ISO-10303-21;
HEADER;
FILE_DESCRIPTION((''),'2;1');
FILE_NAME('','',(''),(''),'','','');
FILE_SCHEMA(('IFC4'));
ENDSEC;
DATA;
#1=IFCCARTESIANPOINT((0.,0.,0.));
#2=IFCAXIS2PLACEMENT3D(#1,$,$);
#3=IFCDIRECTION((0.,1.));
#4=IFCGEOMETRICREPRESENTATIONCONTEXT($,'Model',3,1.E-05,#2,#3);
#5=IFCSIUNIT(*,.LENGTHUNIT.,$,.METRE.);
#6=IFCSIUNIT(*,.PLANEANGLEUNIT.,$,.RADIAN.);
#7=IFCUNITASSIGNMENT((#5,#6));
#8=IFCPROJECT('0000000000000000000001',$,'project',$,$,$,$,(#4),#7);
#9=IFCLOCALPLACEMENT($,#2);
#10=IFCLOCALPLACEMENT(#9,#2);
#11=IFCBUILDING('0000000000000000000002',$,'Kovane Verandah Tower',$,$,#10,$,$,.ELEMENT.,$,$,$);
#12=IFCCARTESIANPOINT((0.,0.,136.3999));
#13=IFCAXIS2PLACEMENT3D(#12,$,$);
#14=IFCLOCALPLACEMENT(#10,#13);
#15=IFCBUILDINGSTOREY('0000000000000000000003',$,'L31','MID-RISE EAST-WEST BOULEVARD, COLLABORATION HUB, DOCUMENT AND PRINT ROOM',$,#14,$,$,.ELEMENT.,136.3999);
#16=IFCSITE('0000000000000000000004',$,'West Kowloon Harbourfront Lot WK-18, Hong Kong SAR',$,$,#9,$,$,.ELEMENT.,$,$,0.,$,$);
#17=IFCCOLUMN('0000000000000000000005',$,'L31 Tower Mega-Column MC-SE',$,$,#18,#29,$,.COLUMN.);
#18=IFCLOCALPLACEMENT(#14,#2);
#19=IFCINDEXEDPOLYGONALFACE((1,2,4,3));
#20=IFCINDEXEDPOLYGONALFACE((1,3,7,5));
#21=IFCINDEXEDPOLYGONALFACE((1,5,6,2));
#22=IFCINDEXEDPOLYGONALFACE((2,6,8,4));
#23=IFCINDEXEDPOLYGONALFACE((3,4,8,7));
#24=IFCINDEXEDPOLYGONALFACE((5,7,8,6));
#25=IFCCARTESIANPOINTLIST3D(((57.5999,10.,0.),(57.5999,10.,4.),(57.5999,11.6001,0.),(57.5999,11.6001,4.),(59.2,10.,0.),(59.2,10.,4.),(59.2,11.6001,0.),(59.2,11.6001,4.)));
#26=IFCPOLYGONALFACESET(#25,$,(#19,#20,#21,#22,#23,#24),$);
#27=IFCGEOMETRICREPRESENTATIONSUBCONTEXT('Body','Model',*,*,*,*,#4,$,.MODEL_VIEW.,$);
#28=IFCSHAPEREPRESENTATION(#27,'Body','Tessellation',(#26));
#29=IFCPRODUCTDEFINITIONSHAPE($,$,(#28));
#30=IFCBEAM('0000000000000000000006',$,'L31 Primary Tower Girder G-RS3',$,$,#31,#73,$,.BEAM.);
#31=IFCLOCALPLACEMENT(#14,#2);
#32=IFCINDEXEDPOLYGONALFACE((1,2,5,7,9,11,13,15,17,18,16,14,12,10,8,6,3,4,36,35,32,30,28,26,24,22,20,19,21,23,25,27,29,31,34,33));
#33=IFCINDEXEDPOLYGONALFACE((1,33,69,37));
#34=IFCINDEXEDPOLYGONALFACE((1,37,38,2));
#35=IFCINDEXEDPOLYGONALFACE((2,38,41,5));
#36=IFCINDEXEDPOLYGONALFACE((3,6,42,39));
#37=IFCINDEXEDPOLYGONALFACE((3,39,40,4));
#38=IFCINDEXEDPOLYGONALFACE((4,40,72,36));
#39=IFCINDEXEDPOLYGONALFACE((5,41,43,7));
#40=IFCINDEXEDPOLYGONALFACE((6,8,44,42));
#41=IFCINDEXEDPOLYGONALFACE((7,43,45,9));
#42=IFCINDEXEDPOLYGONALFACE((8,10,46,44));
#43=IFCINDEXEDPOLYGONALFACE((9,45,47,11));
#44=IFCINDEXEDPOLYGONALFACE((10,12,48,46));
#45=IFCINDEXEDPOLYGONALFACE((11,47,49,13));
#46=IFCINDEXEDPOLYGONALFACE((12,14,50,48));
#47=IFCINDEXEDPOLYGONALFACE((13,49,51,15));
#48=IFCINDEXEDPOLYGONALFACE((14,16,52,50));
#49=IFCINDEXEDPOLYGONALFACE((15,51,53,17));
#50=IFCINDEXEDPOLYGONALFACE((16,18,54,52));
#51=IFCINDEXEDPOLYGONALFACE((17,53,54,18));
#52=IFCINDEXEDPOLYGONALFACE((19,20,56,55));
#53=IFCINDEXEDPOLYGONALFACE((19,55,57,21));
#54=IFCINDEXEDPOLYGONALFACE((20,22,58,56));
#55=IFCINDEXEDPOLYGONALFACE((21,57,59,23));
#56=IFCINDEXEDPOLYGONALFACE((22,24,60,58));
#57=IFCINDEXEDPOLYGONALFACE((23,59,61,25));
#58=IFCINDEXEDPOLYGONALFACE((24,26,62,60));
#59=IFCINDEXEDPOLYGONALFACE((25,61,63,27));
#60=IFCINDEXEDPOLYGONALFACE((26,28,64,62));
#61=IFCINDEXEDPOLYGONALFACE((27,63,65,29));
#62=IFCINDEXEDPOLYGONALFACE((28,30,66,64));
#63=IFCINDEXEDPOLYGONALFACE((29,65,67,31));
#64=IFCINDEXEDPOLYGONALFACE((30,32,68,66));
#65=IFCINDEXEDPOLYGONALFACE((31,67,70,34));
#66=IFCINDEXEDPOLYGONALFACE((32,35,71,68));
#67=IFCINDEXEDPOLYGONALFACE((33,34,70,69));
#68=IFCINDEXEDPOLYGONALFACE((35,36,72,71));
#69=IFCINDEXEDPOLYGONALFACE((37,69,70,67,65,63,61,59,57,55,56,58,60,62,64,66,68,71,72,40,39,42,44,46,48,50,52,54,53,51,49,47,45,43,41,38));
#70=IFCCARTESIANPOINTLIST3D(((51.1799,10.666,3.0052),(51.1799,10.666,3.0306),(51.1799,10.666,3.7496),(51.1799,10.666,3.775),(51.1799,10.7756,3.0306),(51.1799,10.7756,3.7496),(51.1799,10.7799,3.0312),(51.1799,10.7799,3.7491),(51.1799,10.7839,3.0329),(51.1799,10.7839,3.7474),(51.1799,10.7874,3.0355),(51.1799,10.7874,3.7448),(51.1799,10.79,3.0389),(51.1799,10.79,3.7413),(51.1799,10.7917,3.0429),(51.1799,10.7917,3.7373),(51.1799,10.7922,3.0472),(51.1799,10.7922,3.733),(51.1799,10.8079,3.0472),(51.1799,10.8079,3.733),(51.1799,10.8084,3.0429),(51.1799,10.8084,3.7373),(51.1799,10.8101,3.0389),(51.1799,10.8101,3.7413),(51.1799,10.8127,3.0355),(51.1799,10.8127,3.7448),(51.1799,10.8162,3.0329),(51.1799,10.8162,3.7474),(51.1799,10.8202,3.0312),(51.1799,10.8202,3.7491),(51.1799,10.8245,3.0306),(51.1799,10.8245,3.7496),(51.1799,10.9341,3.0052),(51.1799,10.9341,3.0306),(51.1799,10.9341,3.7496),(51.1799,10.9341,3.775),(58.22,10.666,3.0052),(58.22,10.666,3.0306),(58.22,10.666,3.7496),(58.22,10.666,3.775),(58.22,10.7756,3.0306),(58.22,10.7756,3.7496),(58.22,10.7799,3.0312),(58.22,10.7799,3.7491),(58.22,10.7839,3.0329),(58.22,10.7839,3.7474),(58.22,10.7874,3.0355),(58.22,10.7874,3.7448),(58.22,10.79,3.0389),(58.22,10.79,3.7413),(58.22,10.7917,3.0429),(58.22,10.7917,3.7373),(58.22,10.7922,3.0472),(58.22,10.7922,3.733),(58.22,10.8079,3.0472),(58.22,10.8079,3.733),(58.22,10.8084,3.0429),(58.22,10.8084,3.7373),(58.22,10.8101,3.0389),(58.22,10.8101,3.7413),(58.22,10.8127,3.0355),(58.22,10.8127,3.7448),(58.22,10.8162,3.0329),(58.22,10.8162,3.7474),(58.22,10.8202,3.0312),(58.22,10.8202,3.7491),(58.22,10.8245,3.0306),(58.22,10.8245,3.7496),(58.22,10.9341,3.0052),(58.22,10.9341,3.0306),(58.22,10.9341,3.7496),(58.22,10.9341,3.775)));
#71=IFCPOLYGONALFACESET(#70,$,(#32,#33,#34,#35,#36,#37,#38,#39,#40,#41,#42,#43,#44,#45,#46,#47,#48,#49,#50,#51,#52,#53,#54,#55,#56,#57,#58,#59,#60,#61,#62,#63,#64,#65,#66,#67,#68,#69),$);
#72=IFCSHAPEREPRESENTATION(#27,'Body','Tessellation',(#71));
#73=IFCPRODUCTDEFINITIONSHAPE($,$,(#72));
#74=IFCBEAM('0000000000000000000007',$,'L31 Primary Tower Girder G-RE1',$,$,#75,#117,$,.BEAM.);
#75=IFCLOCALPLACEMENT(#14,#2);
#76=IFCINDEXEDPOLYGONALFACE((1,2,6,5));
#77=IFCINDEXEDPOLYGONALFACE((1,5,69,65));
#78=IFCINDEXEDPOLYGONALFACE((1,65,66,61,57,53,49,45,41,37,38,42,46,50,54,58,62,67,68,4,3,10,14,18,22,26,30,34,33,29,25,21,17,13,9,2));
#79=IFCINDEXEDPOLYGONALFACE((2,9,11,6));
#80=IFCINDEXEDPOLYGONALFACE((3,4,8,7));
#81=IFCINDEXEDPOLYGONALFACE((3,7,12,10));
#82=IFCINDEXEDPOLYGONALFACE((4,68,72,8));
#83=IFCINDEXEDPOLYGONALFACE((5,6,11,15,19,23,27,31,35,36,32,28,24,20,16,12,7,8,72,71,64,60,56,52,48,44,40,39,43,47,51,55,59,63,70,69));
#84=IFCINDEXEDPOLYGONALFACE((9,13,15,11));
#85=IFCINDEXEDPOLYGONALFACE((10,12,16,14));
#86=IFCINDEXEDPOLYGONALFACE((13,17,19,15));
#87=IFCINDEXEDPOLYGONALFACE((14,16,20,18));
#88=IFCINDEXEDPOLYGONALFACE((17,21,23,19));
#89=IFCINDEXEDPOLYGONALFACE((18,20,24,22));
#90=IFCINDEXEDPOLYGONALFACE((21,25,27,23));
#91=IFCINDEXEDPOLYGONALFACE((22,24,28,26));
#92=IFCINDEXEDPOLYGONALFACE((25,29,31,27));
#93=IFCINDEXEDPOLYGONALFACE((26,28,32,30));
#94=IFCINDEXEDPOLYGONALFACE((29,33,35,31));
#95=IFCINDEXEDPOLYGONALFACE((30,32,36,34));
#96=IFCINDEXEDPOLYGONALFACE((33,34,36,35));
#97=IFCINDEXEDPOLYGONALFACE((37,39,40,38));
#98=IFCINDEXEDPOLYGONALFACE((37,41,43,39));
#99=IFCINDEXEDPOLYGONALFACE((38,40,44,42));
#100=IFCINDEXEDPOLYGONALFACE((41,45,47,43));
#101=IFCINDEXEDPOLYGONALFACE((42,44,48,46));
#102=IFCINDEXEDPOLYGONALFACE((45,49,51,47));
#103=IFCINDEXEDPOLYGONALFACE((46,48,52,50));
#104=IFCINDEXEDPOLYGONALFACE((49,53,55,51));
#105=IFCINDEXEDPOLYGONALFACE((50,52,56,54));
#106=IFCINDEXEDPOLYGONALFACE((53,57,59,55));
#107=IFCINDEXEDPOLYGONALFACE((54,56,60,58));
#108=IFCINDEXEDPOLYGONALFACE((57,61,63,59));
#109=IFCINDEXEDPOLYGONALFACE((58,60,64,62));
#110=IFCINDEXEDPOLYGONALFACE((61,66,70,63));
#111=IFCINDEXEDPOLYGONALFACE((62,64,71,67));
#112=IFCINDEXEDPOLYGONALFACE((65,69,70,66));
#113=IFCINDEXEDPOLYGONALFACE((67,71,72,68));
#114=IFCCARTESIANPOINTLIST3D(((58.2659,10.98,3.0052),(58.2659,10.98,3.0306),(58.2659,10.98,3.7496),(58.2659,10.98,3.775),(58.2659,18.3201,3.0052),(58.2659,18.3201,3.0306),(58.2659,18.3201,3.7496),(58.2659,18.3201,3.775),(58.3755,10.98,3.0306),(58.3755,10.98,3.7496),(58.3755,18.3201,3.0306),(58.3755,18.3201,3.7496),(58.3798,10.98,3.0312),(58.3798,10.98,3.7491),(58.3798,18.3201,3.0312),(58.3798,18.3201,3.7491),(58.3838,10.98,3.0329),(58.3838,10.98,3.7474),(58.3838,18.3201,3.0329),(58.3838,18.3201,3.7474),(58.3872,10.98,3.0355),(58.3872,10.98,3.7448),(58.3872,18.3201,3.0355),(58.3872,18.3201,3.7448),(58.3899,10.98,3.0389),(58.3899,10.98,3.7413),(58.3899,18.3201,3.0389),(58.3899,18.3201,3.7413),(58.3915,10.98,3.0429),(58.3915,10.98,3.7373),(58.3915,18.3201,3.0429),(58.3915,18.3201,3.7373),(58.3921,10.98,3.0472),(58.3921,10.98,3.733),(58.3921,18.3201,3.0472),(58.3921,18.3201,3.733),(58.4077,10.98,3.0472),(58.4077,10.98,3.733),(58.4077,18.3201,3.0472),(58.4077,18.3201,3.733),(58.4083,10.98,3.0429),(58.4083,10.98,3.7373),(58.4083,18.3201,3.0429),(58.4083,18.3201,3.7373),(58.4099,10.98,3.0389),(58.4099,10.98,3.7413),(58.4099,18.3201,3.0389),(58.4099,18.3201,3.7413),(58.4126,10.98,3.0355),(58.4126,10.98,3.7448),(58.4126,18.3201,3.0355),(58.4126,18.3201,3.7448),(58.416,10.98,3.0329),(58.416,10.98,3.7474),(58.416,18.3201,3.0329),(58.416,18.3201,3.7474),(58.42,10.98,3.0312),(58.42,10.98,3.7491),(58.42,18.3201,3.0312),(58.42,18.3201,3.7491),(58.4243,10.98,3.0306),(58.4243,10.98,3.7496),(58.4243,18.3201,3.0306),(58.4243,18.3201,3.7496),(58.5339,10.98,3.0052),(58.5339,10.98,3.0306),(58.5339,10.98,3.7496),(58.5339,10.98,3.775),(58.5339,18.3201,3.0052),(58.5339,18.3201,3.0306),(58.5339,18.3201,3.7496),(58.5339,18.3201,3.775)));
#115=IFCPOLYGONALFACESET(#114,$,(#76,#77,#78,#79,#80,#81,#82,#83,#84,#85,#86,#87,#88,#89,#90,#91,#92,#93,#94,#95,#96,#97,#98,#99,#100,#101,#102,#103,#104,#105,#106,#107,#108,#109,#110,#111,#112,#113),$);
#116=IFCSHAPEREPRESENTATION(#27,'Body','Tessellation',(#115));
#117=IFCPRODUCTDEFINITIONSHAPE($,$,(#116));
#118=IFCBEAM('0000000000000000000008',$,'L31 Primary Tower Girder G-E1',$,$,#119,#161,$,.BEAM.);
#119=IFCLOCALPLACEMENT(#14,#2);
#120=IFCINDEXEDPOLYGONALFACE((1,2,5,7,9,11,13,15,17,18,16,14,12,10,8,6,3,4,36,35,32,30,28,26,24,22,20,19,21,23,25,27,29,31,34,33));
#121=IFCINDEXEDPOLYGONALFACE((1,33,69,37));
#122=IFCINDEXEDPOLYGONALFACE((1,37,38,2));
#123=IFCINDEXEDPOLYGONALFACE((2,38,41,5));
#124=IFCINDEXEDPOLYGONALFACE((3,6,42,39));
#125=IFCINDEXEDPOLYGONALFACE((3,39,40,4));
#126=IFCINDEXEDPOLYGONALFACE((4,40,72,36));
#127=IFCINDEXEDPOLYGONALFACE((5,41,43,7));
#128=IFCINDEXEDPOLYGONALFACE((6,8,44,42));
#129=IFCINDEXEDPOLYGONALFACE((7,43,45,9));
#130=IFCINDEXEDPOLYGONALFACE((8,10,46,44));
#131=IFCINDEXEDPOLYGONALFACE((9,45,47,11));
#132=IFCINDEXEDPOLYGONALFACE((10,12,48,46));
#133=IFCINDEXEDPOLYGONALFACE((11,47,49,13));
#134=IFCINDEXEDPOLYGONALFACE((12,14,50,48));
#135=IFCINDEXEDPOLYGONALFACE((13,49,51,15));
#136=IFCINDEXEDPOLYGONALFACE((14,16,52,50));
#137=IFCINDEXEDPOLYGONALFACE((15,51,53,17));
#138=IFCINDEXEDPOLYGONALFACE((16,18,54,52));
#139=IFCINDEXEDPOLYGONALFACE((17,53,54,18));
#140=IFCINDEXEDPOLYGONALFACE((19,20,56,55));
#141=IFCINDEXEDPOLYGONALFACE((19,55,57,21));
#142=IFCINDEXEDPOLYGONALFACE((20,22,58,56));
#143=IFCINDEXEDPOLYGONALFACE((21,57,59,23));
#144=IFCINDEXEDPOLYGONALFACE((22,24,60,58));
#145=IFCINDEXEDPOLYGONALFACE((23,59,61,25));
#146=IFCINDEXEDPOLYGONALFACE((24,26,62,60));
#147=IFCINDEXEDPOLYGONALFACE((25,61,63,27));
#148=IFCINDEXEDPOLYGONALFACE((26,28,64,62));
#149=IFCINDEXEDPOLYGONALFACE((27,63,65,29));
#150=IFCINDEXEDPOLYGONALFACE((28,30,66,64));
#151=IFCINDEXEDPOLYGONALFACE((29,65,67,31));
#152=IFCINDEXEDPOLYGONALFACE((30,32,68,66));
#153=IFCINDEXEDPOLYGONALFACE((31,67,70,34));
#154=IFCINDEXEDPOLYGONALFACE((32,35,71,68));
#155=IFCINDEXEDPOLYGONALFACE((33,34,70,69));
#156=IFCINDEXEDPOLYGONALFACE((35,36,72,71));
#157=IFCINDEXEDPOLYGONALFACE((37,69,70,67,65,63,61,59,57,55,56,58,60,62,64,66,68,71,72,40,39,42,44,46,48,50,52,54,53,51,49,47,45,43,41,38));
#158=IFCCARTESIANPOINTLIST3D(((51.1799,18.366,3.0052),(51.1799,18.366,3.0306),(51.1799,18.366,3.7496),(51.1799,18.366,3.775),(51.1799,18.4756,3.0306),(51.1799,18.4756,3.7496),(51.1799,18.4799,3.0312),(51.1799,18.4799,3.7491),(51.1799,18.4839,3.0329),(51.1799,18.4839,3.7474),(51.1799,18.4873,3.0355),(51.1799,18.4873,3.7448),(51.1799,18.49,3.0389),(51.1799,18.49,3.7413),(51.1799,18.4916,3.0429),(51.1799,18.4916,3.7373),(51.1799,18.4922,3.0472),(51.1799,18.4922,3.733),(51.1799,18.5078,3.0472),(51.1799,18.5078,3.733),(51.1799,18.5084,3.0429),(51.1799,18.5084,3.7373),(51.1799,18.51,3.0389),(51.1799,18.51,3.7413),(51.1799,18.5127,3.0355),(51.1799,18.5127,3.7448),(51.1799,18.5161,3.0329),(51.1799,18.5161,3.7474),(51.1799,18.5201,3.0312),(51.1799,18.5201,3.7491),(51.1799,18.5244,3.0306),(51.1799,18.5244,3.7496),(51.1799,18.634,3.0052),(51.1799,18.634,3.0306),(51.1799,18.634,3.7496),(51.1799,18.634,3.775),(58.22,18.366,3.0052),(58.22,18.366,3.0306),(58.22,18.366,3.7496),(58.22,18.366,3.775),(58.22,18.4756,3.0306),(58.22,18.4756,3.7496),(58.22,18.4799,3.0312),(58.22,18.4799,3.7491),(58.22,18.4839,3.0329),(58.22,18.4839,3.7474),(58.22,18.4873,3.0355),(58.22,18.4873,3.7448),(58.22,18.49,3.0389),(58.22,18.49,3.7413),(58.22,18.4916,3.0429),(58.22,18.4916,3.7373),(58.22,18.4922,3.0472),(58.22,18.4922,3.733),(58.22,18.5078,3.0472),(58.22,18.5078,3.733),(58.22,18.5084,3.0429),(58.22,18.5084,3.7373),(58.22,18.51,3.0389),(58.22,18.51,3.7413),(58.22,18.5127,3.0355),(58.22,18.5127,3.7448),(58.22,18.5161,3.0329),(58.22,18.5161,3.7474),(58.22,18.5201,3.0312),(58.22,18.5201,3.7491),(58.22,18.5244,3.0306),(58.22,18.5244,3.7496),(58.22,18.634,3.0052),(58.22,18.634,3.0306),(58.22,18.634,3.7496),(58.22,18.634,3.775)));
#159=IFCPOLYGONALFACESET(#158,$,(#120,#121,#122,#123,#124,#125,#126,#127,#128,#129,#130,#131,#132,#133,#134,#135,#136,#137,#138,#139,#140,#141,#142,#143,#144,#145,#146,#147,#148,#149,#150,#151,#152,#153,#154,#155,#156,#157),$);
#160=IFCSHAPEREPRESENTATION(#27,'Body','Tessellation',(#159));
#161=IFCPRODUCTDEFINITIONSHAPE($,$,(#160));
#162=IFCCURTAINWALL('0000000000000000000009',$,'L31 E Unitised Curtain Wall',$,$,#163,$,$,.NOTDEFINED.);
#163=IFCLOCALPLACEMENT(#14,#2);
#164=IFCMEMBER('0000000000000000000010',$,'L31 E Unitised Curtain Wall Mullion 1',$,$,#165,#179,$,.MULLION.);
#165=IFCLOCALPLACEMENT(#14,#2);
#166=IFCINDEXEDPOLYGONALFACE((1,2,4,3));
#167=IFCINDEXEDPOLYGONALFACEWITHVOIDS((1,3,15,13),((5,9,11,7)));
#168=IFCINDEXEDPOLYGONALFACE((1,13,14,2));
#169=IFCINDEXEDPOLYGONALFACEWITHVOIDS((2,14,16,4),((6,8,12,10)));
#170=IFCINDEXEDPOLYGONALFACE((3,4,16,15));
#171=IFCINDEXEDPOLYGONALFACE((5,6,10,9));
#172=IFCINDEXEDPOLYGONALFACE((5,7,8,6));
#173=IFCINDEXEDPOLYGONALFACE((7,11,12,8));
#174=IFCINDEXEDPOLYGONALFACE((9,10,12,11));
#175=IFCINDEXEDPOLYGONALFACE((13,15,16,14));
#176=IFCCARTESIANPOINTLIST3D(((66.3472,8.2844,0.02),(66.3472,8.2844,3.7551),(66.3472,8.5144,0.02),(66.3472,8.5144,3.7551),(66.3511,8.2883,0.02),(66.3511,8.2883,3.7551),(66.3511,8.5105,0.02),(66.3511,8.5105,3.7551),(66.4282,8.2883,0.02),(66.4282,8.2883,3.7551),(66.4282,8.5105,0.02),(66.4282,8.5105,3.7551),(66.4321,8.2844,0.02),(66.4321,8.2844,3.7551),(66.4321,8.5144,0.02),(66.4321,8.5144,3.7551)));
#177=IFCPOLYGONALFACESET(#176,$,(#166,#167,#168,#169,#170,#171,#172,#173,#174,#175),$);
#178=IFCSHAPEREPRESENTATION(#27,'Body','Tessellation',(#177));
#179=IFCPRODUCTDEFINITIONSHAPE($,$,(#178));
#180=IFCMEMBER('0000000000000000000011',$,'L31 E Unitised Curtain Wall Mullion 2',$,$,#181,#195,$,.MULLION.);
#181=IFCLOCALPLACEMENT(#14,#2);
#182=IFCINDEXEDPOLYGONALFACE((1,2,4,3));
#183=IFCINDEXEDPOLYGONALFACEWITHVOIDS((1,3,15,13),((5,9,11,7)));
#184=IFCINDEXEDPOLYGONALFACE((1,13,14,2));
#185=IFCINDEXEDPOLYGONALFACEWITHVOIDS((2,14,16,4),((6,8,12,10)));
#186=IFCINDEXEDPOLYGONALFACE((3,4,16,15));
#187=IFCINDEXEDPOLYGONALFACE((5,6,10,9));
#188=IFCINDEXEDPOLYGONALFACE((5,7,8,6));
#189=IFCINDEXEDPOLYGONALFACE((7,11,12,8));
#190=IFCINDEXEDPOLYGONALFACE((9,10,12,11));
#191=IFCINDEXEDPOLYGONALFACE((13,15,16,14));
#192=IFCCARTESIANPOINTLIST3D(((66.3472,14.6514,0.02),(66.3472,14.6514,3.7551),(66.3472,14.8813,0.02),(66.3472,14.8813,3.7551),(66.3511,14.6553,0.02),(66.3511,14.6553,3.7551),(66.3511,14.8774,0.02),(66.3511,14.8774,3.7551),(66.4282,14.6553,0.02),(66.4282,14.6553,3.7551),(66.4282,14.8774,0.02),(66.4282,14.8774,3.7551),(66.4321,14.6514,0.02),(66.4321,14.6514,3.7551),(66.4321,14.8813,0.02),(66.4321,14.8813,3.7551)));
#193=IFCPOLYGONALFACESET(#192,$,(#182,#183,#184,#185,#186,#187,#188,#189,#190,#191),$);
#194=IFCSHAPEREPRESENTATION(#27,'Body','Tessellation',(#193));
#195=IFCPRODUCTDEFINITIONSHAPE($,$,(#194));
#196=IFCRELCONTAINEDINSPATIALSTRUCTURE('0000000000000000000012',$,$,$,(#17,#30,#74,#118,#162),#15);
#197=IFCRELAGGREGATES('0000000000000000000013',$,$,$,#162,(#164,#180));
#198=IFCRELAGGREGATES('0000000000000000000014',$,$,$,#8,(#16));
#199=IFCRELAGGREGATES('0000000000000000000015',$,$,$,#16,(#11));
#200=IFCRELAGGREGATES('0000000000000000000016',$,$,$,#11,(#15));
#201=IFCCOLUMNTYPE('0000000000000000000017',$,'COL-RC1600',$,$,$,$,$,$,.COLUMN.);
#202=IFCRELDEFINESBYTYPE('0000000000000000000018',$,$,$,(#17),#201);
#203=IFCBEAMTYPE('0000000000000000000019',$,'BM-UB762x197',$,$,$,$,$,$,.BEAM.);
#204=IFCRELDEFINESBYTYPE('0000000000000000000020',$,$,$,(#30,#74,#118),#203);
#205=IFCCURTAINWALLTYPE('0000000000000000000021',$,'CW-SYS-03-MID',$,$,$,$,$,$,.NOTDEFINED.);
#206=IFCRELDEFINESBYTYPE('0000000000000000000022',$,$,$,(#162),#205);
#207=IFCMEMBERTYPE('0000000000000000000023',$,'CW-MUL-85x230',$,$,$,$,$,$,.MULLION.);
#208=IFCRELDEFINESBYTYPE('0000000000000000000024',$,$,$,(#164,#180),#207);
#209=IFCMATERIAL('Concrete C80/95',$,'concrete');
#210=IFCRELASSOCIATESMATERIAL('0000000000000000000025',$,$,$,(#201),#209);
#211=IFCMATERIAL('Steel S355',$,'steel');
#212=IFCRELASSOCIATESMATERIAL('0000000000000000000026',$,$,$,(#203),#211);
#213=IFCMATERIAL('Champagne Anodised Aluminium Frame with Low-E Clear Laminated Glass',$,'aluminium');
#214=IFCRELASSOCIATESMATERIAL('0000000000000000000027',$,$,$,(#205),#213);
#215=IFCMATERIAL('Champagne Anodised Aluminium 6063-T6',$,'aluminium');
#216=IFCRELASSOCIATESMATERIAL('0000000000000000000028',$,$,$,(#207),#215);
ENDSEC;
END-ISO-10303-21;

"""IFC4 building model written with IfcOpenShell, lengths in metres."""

from ifc_helpers import new_model, si_unit, direction, frame, origin, origin_2d, place, context, subcontext, project, spatial, rectangle, hollow_rectangle, i_section, extrude, material, material_profile, profile_set, type_object, element, aggregate, save


model = new_model("IFC4")

# Units and contexts
model_context = context("Model", 3, precision=1e-05, world=origin(), true_north=direction((0.0, 1.0)))
body_context = subcontext(model_context, "Body", "Model", "MODEL_VIEW")
ifc_project = project(units=[si_unit("LENGTHUNIT", "METRE"), si_unit("PLANEANGLEUNIT", "RADIAN")], contexts=[model_context])

# Site, building, storey
site_placement = place(None, origin())
site = spatial("IfcSite", under=ifc_project, at=site_placement, Name="West Kowloon Harbourfront Lot WK-18, Hong Kong SAR", CompositionType="ELEMENT", RefElevation=0.0)
building_placement = place(site_placement, origin())
building = spatial("IfcBuilding", under=site, at=building_placement, Name="Kovane Verandah Tower", CompositionType="ELEMENT")
storey_placement = place(building_placement, frame((0.0, 0.0, 136.3999)))
storey = spatial("IfcBuildingStorey", under=building, at=storey_placement, Name="L31", Description="MID-RISE EAST-WEST BOULEVARD, COLLABORATION HUB, DOCUMENT AND PRINT ROOM", CompositionType="ELEMENT", Elevation=136.3999)

# Column
ifc_material_1 = material(Name="Concrete C80/95", Category="concrete")
ifc_material_profile_1 = material_profile(ifc_material_1, rectangle(XDim=1.6001, YDim=1.6001, at=origin_2d()), Name="RC1600x1600")
ifc_profile_set_1 = profile_set([ifc_material_profile_1], Name="Concrete C80/95")
column_type = type_object("IfcColumnType", Name="COL-RC1600", PredefinedType="COLUMN", material=ifc_profile_set_1)
column_placement = place(storey_placement, frame((58.3999, 10.8, 0.0), z_axis=(0.0, 0.0, 1.0), x_axis=(1.0, 0.0, 0.0)))
element("IfcColumn", 1, at=column_placement, inside=storey, type_object=column_type, Name="L31 Tower Mega-Column MC-SE", PredefinedType="COLUMN", context=body_context, shape_type="SweptSolid", body=[
    extrude(rectangle(XDim=1.6001, YDim=1.6001, at=origin_2d()), origin(), (0.0, 0.0, 1.0), 4.0),
])

# Beams
ifc_material_2 = material(Name="Steel S355", Category="steel")
ifc_material_profile_2 = material_profile(ifc_material_2, i_section(OverallWidth=0.2681, OverallDepth=0.7698, WebThickness=0.0156, FlangeThickness=0.0254, FilletRadius=0.0166, at=origin_2d()), Name="UB762x267x197")
ifc_profile_set_2 = profile_set([ifc_material_profile_2], Name="Steel S355")
beam_type_1 = type_object("IfcBeamType", Name="BM-UB762x197", PredefinedType="BEAM", material=ifc_profile_set_2)
beam_1_placement = place(storey_placement, frame((51.1799, 10.8, 3.3901), z_axis=(1.0, 0.0, 0.0), x_axis=(0.0, 1.0, 0.0)))
element("IfcBeam", 2, at=beam_1_placement, inside=storey, type_object=beam_type_1, Name="L31 Primary Tower Girder G-RS3", PredefinedType="BEAM", context=body_context, shape_type="SweptSolid", body=[
    extrude(i_section(OverallWidth=0.2681, OverallDepth=0.7698, WebThickness=0.0156, FlangeThickness=0.0254, FilletRadius=0.0166, at=origin_2d()), origin(), (0.0, 0.0, 1.0), 7.04),
])
beam_2_placement = place(storey_placement, frame((58.3999, 10.98, 3.3901), z_axis=(0.0, 1.0, 0.0), x_axis=(-1.0, 0.0, 0.0)))
element("IfcBeam", 3, at=beam_2_placement, inside=storey, type_object=beam_type_1, Name="L31 Primary Tower Girder G-RE1", PredefinedType="BEAM", context=body_context, shape_type="SweptSolid", body=[
    extrude(i_section(OverallWidth=0.2681, OverallDepth=0.7698, WebThickness=0.0156, FlangeThickness=0.0254, FilletRadius=0.0166, at=origin_2d()), origin(), (0.0, 0.0, 1.0), 7.3401),
])
beam_3_placement = place(storey_placement, frame((51.1799, 18.5, 3.3901), z_axis=(1.0, 0.0, 0.0), x_axis=(0.0, 1.0, 0.0)))
element("IfcBeam", 4, at=beam_3_placement, inside=storey, type_object=beam_type_1, Name="L31 Primary Tower Girder G-E1", PredefinedType="BEAM", context=body_context, shape_type="SweptSolid", body=[
    extrude(i_section(OverallWidth=0.2681, OverallDepth=0.7698, WebThickness=0.0156, FlangeThickness=0.0254, FilletRadius=0.0166, at=origin_2d()), origin(), (0.0, 0.0, 1.0), 7.04),
])

# Curtain wall, members
ifc_material_3 = material(Name="Champagne Anodised Aluminium Frame with Low-E Clear Laminated Glass", Category="aluminium")
curtain_wall_type = type_object("IfcCurtainWallType", Name="CW-SYS-03-MID", PredefinedType="NOTDEFINED", material=ifc_material_3)
curtain_wall_placement = place(storey_placement, origin())
curtain_wall = element("IfcCurtainWall", 5, at=curtain_wall_placement, inside=storey, type_object=curtain_wall_type, Name="L31 E Unitised Curtain Wall", PredefinedType="NOTDEFINED")
ifc_material_4 = material(Name="Champagne Anodised Aluminium 6063-T6", Category="aluminium")
ifc_material_profile_3 = material_profile(ifc_material_4, hollow_rectangle(XDim=0.085, YDim=0.23, WallThickness=0.0039, at=origin_2d()), Name="AL85x230x4")
ifc_profile_set_3 = profile_set([ifc_material_profile_3], Name="Champagne Anodised Aluminium 6063-T6")
member_type_1 = type_object("IfcMemberType", Name="CW-MUL-85x230", PredefinedType="MULLION", material=ifc_profile_set_3)
member_1_placement = place(storey_placement, frame((66.3896, 8.3994, 0.02), z_axis=(0.0, 0.0, 1.0), x_axis=(1.0, 0.0, 0.0)))
member_1 = element("IfcMember", 6, at=member_1_placement, type_object=member_type_1, Name="L31 E Unitised Curtain Wall Mullion 1", PredefinedType="MULLION", context=body_context, shape_type="SweptSolid", body=[
    extrude(hollow_rectangle(XDim=0.085, YDim=0.23, WallThickness=0.0039, at=origin_2d()), origin(), (0.0, 0.0, 1.0), 3.7351),
])
member_2_placement = place(storey_placement, frame((66.3896, 14.7664, 0.02), z_axis=(0.0, 0.0, 1.0), x_axis=(1.0, 0.0, 0.0)))
member_2 = element("IfcMember", 7, at=member_2_placement, type_object=member_type_1, Name="L31 E Unitised Curtain Wall Mullion 2", PredefinedType="MULLION", context=body_context, shape_type="SweptSolid", body=[
    extrude(hollow_rectangle(XDim=0.085, YDim=0.23, WallThickness=0.0039, at=origin_2d()), origin(), (0.0, 0.0, 1.0), 3.7351),
])

aggregate(curtain_wall, [member_1, member_2])

save(model, "model.ifc")
